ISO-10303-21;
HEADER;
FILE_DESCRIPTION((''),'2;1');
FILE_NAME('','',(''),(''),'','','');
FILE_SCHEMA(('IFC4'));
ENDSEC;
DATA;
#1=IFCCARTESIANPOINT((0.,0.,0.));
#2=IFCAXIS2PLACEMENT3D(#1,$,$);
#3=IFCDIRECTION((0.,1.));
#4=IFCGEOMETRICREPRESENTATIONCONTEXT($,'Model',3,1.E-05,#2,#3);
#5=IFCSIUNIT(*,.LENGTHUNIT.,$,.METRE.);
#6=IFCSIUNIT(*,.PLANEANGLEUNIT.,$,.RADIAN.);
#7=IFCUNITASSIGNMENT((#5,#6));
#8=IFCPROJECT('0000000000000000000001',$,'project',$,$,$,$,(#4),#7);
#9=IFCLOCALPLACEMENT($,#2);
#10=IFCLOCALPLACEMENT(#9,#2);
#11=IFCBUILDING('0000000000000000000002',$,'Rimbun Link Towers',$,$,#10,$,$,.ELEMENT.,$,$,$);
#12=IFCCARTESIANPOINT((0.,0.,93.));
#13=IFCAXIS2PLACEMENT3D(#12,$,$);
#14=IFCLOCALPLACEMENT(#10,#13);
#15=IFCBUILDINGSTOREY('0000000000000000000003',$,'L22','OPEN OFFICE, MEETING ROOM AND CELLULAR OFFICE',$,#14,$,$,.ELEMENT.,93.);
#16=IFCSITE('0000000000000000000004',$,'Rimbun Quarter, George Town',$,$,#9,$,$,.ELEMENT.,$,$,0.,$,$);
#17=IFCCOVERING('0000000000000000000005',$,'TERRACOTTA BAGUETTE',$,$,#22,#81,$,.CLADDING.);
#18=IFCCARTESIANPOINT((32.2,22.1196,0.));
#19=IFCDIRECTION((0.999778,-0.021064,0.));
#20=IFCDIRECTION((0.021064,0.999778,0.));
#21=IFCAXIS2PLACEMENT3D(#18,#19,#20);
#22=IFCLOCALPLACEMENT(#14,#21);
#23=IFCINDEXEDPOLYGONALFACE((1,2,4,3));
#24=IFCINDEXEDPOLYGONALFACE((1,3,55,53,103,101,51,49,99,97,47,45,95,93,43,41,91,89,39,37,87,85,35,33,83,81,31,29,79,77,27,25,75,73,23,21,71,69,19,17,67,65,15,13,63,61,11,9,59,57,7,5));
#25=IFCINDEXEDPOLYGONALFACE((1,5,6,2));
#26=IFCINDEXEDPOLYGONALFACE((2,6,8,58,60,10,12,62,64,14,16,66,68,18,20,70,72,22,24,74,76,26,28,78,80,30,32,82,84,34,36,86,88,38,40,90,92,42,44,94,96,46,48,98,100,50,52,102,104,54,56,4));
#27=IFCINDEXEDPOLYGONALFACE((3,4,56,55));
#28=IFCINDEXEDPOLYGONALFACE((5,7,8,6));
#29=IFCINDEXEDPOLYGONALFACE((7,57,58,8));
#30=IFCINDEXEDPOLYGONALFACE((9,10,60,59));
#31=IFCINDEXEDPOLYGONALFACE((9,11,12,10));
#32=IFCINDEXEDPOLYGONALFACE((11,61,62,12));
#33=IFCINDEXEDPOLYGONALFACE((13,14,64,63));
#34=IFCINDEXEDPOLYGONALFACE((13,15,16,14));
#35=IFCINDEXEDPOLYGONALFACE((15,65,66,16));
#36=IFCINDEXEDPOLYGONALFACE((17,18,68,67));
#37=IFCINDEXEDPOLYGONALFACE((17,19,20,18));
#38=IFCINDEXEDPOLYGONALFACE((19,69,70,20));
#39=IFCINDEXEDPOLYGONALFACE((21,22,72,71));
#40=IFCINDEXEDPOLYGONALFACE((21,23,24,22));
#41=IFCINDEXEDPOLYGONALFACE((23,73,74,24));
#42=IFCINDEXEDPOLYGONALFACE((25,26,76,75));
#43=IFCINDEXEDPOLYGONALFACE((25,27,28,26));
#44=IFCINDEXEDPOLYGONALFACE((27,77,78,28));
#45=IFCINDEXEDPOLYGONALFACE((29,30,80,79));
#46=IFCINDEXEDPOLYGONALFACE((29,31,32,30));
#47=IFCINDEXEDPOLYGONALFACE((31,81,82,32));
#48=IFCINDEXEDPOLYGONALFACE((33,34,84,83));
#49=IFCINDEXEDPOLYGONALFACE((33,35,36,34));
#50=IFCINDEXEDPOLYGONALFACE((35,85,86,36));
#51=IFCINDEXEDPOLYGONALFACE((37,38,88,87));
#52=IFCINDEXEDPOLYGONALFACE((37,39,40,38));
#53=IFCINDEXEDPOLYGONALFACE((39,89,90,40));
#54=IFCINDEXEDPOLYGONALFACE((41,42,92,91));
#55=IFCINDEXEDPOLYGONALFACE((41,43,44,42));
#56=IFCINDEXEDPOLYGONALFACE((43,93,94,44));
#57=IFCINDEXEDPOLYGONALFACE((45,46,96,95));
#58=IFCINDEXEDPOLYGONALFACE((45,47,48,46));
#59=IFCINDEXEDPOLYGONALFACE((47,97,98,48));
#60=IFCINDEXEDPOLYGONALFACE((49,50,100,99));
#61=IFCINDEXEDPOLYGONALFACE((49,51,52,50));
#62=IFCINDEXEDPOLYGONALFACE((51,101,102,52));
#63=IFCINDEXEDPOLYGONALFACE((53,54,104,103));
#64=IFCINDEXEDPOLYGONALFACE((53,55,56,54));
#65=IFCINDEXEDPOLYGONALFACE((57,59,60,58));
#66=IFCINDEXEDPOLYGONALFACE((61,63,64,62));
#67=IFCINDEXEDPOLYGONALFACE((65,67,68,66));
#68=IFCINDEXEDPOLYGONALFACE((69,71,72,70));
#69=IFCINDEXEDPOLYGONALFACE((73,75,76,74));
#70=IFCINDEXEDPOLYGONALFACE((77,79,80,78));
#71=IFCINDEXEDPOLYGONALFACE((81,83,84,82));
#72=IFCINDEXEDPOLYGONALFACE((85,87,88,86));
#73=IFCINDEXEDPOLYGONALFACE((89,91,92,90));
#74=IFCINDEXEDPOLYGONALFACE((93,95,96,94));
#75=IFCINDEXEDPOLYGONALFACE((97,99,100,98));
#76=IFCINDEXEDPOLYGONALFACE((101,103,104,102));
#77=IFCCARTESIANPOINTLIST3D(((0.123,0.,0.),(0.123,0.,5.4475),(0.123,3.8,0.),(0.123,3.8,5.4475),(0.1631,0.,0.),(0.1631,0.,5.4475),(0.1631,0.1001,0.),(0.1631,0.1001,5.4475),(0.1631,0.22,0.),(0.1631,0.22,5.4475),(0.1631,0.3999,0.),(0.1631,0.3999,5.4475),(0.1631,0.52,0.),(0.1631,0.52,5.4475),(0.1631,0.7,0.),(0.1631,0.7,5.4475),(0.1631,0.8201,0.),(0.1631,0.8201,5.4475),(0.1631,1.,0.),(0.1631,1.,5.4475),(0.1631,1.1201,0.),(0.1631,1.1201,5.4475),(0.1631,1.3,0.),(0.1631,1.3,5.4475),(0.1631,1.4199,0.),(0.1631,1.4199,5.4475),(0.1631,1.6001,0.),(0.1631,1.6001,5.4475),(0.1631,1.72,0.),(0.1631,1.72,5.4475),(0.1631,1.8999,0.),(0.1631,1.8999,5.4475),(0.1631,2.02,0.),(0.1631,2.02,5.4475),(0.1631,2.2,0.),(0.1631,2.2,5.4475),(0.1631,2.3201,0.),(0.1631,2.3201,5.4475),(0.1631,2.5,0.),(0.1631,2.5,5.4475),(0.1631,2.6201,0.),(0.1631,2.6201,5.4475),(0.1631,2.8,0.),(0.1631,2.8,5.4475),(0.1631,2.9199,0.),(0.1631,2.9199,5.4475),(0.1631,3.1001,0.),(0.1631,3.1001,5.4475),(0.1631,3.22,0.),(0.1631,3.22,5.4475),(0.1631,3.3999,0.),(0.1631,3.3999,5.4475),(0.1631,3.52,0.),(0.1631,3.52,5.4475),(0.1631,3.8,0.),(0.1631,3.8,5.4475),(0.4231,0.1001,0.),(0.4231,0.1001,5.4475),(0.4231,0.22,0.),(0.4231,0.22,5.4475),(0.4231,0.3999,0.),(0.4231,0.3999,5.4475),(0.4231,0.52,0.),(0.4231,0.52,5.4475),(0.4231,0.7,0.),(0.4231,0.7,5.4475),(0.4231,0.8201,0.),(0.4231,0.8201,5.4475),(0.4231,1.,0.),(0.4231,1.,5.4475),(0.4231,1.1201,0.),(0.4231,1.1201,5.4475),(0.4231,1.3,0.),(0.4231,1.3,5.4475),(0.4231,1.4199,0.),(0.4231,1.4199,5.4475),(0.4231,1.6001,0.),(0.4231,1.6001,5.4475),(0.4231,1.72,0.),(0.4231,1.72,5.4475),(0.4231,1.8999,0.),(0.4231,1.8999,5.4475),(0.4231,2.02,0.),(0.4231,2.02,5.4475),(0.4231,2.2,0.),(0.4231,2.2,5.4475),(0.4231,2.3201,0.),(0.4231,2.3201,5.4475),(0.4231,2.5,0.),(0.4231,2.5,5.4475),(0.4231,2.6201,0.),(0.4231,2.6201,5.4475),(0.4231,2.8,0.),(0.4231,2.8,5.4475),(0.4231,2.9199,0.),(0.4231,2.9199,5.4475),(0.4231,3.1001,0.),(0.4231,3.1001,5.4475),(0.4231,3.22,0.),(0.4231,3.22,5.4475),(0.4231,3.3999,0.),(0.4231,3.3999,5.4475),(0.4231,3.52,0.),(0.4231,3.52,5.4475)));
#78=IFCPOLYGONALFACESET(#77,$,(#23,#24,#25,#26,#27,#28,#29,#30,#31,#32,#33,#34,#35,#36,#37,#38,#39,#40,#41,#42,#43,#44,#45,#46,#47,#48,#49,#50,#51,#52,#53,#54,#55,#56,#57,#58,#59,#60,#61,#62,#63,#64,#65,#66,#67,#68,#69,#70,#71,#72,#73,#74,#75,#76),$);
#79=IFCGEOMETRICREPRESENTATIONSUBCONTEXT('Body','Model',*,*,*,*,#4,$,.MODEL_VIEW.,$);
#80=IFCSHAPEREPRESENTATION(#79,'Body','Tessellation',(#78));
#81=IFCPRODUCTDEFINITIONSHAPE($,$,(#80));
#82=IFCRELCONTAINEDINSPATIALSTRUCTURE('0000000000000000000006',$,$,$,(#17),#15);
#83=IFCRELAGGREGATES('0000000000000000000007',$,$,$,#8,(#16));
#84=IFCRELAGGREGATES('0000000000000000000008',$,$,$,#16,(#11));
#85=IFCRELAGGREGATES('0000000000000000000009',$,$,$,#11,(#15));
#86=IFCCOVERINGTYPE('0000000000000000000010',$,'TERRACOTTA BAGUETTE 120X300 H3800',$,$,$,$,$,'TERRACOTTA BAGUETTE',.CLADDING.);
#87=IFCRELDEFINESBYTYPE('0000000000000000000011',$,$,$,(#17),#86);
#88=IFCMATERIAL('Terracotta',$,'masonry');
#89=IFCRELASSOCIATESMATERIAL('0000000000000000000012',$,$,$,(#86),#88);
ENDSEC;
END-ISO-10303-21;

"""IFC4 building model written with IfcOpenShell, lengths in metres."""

from ifc_helpers import new_model, si_unit, direction, frame, origin, place, context, subcontext, project, spatial, polyline, outline, extrude, material, material_profile, profile_set, type_object, element, save


model = new_model("IFC4")

# Units and contexts
model_context = context("Model", 3, precision=1e-05, world=origin(), true_north=direction((0.0, 1.0)))
body_context = subcontext(model_context, "Body", "Model", "MODEL_VIEW")
ifc_project = project(units=[si_unit("LENGTHUNIT", "METRE"), si_unit("PLANEANGLEUNIT", "RADIAN")], contexts=[model_context])

# Site, building, storey
site_placement = place(None, origin())
site = spatial("IfcSite", under=ifc_project, at=site_placement, Name="Rimbun Quarter, George Town", CompositionType="ELEMENT", RefElevation=0.0)
building_placement = place(site_placement, origin())
building = spatial("IfcBuilding", under=site, at=building_placement, Name="Rimbun Link Towers", CompositionType="ELEMENT")
storey_placement = place(building_placement, frame((0.0, 0.0, 93.0)))
storey = spatial("IfcBuildingStorey", under=building, at=storey_placement, Name="L22", Description="OPEN OFFICE, MEETING ROOM AND CELLULAR OFFICE", CompositionType="ELEMENT", Elevation=93.0)

# Covering
ifc_material_1 = material(Name="Terracotta", Category="masonry")
ifc_material_profile_1 = material_profile(ifc_material_1, outline(polyline([(0.123, 0.0), (0.1631, 0.0), (0.1631, 0.1001), (0.4231, 0.1001), (0.4231, 0.22), (0.1631, 0.22), (0.1631, 0.3999), (0.4231, 0.3999), (0.4231, 0.52), (0.1631, 0.52), (0.1631, 0.7), (0.4231, 0.7), (0.4231, 0.8201), (0.1631, 0.8201), (0.1631, 1.0), (0.4231, 1.0), (0.4231, 1.1201), (0.1631, 1.1201), (0.1631, 1.3), (0.4231, 1.3), (0.4231, 1.4199), (0.1631, 1.4199), (0.1631, 1.6001), (0.4231, 1.6001), (0.4231, 1.72), (0.1631, 1.72), (0.1631, 1.8999), (0.4231, 1.8999), (0.4231, 2.02), (0.1631, 2.02), (0.1631, 2.2), (0.4231, 2.2), (0.4231, 2.3201), (0.1631, 2.3201), (0.1631, 2.5), (0.4231, 2.5), (0.4231, 2.6201), (0.1631, 2.6201), (0.1631, 2.8), (0.4231, 2.8), (0.4231, 2.9199), (0.1631, 2.9199), (0.1631, 3.1001), (0.4231, 3.1001), (0.4231, 3.22), (0.1631, 3.22), (0.1631, 3.3999), (0.4231, 3.3999), (0.4231, 3.52), (0.1631, 3.52), (0.1631, 3.8), (0.123, 3.8), (0.123, 0.0)])), Name="BAGUETTE 120X300")
ifc_profile_set_1 = profile_set([ifc_material_profile_1], Name="Terracotta")
covering_type = type_object("IfcCoveringType", Name="TERRACOTTA BAGUETTE 120X300 H3800", ElementType="TERRACOTTA BAGUETTE", PredefinedType="CLADDING", material=ifc_profile_set_1)
covering_placement = place(storey_placement, frame((32.2, 22.1196, 0.0), z_axis=(0.999778, -0.021064, 0.0), x_axis=(0.021064, 0.999778, 0.0)))
element("IfcCovering", 1, at=covering_placement, inside=storey, type_object=covering_type, Name="TERRACOTTA BAGUETTE", PredefinedType="CLADDING", context=body_context, shape_type="SweptSolid", body=[
    extrude(outline(polyline([(0.123, 0.0), (0.1631, 0.0), (0.1631, 0.1001), (0.4231, 0.1001), (0.4231, 0.22), (0.1631, 0.22), (0.1631, 0.3999), (0.4231, 0.3999), (0.4231, 0.52), (0.1631, 0.52), (0.1631, 0.7), (0.4231, 0.7), (0.4231, 0.8201), (0.1631, 0.8201), (0.1631, 1.0), (0.4231, 1.0), (0.4231, 1.1201), (0.1631, 1.1201), (0.1631, 1.3), (0.4231, 1.3), (0.4231, 1.4199), (0.1631, 1.4199), (0.1631, 1.6001), (0.4231, 1.6001), (0.4231, 1.72), (0.1631, 1.72), (0.1631, 1.8999), (0.4231, 1.8999), (0.4231, 2.02), (0.1631, 2.02), (0.1631, 2.2), (0.4231, 2.2), (0.4231, 2.3201), (0.1631, 2.3201), (0.1631, 2.5), (0.4231, 2.5), (0.4231, 2.6201), (0.1631, 2.6201), (0.1631, 2.8), (0.4231, 2.8), (0.4231, 2.9199), (0.1631, 2.9199), (0.1631, 3.1001), (0.4231, 3.1001), (0.4231, 3.22), (0.1631, 3.22), (0.1631, 3.3999), (0.4231, 3.3999), (0.4231, 3.52), (0.1631, 3.52), (0.1631, 3.8), (0.123, 3.8), (0.123, 0.0)])), origin(), (0.0, 0.0, 1.0), 5.4475),
])

save(model, "model.ifc")
